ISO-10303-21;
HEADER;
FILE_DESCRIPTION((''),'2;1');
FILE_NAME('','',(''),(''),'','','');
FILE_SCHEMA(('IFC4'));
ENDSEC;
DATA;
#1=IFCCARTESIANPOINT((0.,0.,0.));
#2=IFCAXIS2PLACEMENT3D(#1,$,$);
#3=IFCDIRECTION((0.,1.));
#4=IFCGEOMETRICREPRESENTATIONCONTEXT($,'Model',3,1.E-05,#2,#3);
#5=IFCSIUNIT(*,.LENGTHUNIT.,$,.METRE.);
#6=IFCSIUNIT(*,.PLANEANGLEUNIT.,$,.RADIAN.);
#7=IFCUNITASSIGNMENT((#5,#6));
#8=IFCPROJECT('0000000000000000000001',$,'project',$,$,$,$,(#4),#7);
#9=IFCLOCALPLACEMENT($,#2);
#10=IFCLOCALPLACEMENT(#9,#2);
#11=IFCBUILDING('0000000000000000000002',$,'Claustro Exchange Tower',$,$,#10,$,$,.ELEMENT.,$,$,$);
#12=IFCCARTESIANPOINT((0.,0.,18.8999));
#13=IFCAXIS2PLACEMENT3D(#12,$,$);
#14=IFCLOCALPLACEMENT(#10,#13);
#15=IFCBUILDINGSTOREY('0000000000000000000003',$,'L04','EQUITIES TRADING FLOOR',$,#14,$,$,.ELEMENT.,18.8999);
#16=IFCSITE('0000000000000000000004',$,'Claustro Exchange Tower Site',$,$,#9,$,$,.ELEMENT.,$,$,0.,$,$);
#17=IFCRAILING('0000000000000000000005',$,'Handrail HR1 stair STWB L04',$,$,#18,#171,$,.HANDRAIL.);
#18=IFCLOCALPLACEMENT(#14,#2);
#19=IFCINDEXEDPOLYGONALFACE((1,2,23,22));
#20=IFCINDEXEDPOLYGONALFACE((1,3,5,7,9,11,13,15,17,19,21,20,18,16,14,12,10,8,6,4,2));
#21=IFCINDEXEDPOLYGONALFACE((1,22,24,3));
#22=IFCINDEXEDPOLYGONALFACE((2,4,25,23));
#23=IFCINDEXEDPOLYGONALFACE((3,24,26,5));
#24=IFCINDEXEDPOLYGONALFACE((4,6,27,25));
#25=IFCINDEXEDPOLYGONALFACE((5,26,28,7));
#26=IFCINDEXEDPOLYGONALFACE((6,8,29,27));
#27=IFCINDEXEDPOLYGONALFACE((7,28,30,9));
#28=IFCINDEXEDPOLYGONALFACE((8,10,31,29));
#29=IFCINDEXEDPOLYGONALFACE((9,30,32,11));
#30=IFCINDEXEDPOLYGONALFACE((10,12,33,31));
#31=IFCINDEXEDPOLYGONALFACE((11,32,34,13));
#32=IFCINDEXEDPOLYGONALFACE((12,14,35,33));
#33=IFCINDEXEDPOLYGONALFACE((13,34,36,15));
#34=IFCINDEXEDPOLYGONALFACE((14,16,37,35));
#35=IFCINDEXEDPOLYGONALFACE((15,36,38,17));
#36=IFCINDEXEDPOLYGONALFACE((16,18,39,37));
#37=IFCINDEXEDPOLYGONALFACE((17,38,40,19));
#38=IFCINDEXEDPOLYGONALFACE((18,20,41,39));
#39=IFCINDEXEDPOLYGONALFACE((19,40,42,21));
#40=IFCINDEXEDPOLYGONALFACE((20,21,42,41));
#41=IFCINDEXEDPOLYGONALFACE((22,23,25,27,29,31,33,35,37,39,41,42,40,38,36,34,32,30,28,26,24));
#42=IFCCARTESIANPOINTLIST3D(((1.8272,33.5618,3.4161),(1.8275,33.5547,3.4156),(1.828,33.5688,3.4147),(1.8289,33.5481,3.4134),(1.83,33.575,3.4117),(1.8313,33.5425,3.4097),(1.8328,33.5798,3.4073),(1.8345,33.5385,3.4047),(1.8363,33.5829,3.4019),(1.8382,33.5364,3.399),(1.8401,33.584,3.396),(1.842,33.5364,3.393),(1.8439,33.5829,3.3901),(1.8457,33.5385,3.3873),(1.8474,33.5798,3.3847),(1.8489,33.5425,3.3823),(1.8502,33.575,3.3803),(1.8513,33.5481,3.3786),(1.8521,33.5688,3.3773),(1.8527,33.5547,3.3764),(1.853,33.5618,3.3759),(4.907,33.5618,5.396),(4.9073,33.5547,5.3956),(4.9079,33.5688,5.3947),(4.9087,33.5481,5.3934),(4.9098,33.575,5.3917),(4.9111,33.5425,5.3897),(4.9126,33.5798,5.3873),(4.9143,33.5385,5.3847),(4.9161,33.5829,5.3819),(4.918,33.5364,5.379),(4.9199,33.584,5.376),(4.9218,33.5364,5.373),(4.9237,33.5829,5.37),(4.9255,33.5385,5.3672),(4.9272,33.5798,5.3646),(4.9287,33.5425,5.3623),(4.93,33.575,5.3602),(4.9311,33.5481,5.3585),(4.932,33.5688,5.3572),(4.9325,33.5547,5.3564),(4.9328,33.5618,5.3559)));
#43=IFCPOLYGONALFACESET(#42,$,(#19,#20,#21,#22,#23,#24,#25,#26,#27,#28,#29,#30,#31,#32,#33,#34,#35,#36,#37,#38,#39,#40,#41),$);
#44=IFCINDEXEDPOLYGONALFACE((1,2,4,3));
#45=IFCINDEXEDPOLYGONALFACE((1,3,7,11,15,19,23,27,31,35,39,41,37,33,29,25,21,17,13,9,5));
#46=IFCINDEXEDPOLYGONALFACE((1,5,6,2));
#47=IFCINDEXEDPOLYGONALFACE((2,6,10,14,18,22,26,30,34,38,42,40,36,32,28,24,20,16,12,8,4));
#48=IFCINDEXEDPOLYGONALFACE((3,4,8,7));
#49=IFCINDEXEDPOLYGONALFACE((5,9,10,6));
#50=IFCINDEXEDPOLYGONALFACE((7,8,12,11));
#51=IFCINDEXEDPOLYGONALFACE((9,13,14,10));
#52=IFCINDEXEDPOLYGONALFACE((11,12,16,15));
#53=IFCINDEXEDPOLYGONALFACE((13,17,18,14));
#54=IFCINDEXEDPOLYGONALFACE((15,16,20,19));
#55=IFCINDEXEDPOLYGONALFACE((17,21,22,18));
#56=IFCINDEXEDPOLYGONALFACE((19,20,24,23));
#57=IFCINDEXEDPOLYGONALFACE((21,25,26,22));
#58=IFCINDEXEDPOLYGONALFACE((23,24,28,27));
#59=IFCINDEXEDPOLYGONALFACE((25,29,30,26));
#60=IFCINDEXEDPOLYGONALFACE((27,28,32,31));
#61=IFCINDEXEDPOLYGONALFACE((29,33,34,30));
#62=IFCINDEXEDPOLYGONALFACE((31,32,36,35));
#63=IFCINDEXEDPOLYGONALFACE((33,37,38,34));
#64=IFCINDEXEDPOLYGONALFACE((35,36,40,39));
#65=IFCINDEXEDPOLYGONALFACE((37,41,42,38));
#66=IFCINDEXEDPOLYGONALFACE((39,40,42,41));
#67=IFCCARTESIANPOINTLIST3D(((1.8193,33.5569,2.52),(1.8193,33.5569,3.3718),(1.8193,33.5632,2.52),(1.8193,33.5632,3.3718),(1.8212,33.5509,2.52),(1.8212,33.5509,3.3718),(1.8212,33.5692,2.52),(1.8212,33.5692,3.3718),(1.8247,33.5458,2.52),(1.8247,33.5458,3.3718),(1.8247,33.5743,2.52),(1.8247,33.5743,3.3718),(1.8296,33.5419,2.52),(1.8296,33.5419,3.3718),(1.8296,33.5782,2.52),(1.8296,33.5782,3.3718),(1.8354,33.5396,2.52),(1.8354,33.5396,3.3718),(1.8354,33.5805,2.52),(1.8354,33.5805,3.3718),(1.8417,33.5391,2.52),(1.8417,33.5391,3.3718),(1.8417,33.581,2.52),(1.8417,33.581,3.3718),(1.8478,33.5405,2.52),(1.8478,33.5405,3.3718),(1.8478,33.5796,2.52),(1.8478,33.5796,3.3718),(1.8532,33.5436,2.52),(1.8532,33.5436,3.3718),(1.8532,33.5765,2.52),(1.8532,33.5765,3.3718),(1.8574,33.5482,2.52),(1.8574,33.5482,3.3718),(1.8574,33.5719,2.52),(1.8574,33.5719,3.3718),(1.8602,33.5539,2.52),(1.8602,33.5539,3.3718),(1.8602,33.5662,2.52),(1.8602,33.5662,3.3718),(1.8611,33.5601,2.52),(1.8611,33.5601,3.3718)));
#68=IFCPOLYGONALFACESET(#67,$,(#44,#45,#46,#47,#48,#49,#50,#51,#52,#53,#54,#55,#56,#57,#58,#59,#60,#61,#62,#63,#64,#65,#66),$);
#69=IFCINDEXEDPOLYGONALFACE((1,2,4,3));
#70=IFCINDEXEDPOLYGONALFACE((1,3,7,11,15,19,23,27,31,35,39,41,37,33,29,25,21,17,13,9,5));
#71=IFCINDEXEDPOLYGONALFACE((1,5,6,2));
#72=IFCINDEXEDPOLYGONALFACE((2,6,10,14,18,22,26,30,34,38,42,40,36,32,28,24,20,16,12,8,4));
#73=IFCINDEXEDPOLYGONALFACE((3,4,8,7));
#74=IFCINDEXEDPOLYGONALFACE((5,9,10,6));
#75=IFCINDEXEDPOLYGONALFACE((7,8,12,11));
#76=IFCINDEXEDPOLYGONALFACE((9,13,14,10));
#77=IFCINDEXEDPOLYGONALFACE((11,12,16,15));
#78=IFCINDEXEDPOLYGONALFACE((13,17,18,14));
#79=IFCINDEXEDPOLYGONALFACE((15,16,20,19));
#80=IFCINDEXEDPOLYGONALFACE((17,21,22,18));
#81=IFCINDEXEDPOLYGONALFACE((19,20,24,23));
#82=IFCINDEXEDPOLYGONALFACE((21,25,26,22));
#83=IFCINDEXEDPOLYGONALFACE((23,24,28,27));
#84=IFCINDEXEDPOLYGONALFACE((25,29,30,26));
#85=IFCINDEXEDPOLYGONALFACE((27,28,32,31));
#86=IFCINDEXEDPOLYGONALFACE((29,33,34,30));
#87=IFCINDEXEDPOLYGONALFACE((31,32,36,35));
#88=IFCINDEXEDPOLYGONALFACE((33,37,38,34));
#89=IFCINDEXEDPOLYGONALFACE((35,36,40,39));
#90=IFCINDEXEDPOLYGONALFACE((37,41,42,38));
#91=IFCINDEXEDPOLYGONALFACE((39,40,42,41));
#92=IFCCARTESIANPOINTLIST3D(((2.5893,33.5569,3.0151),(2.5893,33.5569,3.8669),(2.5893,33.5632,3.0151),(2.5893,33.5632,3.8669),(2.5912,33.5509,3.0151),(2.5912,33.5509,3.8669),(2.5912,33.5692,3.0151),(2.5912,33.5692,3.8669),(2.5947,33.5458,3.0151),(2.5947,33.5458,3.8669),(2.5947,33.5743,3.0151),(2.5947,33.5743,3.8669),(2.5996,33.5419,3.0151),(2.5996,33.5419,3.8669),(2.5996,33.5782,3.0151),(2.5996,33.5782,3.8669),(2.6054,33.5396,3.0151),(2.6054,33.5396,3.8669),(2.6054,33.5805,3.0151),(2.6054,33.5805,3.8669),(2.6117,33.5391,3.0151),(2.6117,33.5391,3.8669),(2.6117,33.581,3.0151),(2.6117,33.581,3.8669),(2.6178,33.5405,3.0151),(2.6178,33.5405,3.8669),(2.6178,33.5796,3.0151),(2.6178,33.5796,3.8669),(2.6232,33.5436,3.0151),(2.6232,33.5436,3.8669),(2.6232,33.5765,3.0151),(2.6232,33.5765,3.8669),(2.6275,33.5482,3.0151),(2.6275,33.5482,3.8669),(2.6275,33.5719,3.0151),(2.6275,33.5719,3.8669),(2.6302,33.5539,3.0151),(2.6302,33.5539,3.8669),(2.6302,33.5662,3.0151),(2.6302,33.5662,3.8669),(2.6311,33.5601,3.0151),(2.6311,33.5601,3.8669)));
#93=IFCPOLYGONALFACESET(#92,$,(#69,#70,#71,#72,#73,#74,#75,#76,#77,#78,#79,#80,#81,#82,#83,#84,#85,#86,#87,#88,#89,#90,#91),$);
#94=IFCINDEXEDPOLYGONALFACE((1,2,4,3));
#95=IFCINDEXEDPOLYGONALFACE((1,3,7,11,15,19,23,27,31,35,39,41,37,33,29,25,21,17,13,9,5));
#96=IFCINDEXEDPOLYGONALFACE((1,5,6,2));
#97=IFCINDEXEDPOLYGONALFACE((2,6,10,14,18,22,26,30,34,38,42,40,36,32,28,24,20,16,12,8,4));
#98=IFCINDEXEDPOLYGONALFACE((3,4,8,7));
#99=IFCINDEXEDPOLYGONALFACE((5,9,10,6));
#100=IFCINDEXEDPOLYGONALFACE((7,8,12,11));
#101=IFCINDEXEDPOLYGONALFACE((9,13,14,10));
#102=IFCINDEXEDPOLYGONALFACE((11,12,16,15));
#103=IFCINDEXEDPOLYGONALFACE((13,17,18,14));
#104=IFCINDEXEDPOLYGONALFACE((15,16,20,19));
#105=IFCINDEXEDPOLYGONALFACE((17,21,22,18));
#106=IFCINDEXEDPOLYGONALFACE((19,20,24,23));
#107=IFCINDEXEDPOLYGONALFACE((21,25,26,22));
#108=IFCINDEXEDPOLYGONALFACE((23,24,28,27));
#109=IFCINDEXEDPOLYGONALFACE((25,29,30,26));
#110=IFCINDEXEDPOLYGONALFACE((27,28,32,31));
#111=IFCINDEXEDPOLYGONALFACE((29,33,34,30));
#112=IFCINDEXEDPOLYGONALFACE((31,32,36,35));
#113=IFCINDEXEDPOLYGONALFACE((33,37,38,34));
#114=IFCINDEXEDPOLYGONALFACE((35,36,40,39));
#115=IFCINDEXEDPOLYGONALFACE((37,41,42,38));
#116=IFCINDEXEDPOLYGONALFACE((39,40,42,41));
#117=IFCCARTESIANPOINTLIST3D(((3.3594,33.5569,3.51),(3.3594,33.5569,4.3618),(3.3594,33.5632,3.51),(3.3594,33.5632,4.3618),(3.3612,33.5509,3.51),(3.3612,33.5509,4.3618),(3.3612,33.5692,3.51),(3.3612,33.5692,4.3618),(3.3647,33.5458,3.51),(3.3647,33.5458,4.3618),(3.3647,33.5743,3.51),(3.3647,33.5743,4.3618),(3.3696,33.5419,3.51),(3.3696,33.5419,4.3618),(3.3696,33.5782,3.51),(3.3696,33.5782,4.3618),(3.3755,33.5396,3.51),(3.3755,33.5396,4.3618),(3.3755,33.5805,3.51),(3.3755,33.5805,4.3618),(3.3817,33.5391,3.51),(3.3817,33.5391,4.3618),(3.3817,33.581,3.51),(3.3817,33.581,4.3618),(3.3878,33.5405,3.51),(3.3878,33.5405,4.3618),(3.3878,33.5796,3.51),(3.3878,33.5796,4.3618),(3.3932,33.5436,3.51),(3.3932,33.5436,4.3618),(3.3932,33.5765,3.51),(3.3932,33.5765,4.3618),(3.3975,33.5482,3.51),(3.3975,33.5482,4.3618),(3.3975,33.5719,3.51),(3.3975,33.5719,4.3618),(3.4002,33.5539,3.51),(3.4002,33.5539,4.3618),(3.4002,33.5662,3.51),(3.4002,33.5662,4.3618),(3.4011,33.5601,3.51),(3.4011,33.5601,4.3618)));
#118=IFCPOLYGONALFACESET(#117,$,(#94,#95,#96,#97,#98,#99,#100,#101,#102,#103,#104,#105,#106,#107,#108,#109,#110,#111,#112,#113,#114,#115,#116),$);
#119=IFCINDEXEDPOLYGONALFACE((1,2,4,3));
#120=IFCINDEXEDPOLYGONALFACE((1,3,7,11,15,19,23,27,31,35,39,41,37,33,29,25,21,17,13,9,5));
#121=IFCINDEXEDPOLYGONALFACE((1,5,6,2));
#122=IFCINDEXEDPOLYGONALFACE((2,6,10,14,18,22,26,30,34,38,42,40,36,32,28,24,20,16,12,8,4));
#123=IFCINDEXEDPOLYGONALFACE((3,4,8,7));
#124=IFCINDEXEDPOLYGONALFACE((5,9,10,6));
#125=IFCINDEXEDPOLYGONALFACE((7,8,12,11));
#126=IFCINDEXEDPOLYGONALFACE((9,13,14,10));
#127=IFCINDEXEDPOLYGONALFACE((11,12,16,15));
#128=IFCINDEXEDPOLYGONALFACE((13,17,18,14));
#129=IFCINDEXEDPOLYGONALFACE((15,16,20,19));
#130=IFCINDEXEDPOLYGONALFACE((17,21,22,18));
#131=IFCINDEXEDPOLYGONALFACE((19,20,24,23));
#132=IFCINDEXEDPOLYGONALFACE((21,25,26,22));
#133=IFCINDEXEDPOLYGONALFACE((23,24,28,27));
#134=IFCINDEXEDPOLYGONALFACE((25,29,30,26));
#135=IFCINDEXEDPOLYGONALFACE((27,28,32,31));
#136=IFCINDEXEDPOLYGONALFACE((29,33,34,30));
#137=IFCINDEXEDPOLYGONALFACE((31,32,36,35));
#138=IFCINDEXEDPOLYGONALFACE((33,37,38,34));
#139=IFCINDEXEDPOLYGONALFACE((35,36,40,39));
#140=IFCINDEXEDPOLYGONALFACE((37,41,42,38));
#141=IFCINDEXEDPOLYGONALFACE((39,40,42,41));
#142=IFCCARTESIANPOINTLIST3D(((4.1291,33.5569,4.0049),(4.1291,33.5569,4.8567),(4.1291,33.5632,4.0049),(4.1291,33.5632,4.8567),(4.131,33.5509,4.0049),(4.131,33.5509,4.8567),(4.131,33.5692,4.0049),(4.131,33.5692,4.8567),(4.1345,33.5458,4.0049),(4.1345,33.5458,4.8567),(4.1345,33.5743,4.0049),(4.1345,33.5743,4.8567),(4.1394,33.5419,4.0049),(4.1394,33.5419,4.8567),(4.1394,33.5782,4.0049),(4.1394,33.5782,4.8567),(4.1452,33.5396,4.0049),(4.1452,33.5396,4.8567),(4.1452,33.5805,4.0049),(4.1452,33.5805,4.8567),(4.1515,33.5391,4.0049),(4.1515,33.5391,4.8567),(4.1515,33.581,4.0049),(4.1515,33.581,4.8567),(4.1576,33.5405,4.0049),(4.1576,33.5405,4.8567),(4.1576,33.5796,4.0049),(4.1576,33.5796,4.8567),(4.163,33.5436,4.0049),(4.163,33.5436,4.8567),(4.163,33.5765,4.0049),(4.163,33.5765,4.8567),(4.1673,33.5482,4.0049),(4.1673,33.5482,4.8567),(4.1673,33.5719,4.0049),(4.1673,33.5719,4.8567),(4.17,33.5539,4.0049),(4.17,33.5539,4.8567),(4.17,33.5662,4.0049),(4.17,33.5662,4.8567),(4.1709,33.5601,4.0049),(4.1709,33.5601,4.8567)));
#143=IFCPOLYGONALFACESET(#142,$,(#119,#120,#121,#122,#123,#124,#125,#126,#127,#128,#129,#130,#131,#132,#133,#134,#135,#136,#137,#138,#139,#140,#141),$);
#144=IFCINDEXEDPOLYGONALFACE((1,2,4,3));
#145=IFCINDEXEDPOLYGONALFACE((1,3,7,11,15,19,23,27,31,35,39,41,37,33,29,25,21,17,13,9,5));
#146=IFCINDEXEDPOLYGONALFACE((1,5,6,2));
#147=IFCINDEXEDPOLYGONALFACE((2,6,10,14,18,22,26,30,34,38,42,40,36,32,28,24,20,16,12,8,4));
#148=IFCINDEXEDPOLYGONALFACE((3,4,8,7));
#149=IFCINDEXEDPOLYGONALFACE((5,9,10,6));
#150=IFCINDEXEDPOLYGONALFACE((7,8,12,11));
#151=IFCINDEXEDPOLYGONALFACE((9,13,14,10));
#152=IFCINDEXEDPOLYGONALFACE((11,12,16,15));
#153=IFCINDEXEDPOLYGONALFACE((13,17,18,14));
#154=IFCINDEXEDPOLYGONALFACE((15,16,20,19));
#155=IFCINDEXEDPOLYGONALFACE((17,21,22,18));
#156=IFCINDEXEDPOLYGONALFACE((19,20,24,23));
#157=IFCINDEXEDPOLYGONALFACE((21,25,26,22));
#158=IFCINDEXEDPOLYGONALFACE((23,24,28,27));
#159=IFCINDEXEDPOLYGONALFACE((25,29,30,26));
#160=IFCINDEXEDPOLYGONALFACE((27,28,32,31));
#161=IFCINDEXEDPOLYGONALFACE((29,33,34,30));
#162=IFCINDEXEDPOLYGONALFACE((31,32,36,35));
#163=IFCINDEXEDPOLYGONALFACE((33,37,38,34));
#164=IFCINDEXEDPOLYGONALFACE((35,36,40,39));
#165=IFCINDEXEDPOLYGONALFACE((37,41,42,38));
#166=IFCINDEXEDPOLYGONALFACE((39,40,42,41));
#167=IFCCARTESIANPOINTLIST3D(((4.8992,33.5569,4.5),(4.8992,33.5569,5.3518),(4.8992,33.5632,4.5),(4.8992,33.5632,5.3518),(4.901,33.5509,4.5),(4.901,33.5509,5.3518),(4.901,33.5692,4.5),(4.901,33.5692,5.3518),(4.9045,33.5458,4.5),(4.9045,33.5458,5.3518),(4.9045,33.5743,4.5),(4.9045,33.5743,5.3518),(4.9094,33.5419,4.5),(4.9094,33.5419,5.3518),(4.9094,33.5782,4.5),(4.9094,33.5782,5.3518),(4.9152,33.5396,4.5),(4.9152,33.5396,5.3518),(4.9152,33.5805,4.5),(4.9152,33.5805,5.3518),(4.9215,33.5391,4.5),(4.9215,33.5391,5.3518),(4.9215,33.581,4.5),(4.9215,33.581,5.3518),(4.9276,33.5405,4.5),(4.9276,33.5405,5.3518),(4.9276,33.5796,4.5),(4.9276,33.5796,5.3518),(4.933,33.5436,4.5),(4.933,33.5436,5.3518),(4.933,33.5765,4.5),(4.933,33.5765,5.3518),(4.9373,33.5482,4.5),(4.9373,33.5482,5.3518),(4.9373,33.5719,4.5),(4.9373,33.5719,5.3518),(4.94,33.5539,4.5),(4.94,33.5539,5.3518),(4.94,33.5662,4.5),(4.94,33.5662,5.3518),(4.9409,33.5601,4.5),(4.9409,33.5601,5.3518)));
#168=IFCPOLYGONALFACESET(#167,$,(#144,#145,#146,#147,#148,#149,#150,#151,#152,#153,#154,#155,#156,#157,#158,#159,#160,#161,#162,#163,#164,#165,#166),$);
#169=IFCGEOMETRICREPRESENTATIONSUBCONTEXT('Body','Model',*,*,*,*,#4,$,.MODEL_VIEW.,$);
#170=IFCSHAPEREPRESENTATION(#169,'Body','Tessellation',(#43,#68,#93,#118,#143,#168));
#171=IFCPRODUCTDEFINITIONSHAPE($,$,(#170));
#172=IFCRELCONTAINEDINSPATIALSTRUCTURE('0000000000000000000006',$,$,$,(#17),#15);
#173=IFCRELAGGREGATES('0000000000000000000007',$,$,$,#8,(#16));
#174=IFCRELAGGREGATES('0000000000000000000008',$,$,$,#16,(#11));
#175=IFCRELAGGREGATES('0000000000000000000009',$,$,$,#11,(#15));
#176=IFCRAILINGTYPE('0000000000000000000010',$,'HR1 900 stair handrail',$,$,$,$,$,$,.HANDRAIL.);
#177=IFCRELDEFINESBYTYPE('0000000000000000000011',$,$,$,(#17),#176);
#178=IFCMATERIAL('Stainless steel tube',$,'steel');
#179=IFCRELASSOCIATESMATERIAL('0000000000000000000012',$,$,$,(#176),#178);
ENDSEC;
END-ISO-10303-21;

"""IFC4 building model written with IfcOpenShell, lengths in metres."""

from ifc_helpers import new_model, si_unit, direction, frame, origin, origin_2d, place, context, subcontext, project, spatial, circle, extrude, material, type_object, element, save


model = new_model("IFC4")

# Units and contexts
model_context = context("Model", 3, precision=1e-05, world=origin(), true_north=direction((0.0, 1.0)))
body_context = subcontext(model_context, "Body", "Model", "MODEL_VIEW")
ifc_project = project(units=[si_unit("LENGTHUNIT", "METRE"), si_unit("PLANEANGLEUNIT", "RADIAN")], contexts=[model_context])

# Site, building, storey
site_placement = place(None, origin())
site = spatial("IfcSite", under=ifc_project, at=site_placement, Name="Claustro Exchange Tower Site", CompositionType="ELEMENT", RefElevation=0.0)
building_placement = place(site_placement, origin())
building = spatial("IfcBuilding", under=site, at=building_placement, Name="Claustro Exchange Tower", CompositionType="ELEMENT")
storey_placement = place(building_placement, frame((0.0, 0.0, 18.8999)))
storey = spatial("IfcBuildingStorey", under=building, at=storey_placement, Name="L04", Description="EQUITIES TRADING FLOOR", CompositionType="ELEMENT", Elevation=18.8999)

# Railing
ifc_material_1 = material(Name="Stainless steel tube", Category="steel")
railing_type_1 = type_object("IfcRailingType", Name="HR1 900 stair handrail", PredefinedType="HANDRAIL", material=ifc_material_1)
railing_1_placement = place(storey_placement, frame((1.8401, 33.5601, 2.52)))
element("IfcRailing", 1, at=railing_1_placement, inside=storey, type_object=railing_type_1, Name="Handrail HR1 stair STWB L04", PredefinedType="HANDRAIL", context=body_context, shape_type="SweptSolid", body=[
    extrude(circle(Radius=0.0239, at=origin_2d()), frame((0.0, 0.0, 0.876), z_axis=(0.841168, 0.0, 0.540774), x_axis=(0.0, 1.0, 0.0)), (0.0, 0.0, 1.0), 3.6614),
    extrude(circle(Radius=0.021, at=origin_2d()), origin(), (0.0, 0.0, 1.0), 0.8518),
    extrude(circle(Radius=0.021, at=origin_2d()), frame((0.77, 0.0, 0.4951)), (0.0, 0.0, 1.0), 0.8518),
    extrude(circle(Radius=0.021, at=origin_2d()), frame((1.54, 0.0, 0.99)), (0.0, 0.0, 1.0), 0.8518),
    extrude(circle(Radius=0.021, at=origin_2d()), frame((2.3098, 0.0, 1.4849)), (0.0, 0.0, 1.0), 0.8518),
    extrude(circle(Radius=0.021, at=origin_2d()), frame((3.0798, 0.0, 1.98)), (0.0, 0.0, 1.0), 0.8518),
])

save(model, "model.ifc")
